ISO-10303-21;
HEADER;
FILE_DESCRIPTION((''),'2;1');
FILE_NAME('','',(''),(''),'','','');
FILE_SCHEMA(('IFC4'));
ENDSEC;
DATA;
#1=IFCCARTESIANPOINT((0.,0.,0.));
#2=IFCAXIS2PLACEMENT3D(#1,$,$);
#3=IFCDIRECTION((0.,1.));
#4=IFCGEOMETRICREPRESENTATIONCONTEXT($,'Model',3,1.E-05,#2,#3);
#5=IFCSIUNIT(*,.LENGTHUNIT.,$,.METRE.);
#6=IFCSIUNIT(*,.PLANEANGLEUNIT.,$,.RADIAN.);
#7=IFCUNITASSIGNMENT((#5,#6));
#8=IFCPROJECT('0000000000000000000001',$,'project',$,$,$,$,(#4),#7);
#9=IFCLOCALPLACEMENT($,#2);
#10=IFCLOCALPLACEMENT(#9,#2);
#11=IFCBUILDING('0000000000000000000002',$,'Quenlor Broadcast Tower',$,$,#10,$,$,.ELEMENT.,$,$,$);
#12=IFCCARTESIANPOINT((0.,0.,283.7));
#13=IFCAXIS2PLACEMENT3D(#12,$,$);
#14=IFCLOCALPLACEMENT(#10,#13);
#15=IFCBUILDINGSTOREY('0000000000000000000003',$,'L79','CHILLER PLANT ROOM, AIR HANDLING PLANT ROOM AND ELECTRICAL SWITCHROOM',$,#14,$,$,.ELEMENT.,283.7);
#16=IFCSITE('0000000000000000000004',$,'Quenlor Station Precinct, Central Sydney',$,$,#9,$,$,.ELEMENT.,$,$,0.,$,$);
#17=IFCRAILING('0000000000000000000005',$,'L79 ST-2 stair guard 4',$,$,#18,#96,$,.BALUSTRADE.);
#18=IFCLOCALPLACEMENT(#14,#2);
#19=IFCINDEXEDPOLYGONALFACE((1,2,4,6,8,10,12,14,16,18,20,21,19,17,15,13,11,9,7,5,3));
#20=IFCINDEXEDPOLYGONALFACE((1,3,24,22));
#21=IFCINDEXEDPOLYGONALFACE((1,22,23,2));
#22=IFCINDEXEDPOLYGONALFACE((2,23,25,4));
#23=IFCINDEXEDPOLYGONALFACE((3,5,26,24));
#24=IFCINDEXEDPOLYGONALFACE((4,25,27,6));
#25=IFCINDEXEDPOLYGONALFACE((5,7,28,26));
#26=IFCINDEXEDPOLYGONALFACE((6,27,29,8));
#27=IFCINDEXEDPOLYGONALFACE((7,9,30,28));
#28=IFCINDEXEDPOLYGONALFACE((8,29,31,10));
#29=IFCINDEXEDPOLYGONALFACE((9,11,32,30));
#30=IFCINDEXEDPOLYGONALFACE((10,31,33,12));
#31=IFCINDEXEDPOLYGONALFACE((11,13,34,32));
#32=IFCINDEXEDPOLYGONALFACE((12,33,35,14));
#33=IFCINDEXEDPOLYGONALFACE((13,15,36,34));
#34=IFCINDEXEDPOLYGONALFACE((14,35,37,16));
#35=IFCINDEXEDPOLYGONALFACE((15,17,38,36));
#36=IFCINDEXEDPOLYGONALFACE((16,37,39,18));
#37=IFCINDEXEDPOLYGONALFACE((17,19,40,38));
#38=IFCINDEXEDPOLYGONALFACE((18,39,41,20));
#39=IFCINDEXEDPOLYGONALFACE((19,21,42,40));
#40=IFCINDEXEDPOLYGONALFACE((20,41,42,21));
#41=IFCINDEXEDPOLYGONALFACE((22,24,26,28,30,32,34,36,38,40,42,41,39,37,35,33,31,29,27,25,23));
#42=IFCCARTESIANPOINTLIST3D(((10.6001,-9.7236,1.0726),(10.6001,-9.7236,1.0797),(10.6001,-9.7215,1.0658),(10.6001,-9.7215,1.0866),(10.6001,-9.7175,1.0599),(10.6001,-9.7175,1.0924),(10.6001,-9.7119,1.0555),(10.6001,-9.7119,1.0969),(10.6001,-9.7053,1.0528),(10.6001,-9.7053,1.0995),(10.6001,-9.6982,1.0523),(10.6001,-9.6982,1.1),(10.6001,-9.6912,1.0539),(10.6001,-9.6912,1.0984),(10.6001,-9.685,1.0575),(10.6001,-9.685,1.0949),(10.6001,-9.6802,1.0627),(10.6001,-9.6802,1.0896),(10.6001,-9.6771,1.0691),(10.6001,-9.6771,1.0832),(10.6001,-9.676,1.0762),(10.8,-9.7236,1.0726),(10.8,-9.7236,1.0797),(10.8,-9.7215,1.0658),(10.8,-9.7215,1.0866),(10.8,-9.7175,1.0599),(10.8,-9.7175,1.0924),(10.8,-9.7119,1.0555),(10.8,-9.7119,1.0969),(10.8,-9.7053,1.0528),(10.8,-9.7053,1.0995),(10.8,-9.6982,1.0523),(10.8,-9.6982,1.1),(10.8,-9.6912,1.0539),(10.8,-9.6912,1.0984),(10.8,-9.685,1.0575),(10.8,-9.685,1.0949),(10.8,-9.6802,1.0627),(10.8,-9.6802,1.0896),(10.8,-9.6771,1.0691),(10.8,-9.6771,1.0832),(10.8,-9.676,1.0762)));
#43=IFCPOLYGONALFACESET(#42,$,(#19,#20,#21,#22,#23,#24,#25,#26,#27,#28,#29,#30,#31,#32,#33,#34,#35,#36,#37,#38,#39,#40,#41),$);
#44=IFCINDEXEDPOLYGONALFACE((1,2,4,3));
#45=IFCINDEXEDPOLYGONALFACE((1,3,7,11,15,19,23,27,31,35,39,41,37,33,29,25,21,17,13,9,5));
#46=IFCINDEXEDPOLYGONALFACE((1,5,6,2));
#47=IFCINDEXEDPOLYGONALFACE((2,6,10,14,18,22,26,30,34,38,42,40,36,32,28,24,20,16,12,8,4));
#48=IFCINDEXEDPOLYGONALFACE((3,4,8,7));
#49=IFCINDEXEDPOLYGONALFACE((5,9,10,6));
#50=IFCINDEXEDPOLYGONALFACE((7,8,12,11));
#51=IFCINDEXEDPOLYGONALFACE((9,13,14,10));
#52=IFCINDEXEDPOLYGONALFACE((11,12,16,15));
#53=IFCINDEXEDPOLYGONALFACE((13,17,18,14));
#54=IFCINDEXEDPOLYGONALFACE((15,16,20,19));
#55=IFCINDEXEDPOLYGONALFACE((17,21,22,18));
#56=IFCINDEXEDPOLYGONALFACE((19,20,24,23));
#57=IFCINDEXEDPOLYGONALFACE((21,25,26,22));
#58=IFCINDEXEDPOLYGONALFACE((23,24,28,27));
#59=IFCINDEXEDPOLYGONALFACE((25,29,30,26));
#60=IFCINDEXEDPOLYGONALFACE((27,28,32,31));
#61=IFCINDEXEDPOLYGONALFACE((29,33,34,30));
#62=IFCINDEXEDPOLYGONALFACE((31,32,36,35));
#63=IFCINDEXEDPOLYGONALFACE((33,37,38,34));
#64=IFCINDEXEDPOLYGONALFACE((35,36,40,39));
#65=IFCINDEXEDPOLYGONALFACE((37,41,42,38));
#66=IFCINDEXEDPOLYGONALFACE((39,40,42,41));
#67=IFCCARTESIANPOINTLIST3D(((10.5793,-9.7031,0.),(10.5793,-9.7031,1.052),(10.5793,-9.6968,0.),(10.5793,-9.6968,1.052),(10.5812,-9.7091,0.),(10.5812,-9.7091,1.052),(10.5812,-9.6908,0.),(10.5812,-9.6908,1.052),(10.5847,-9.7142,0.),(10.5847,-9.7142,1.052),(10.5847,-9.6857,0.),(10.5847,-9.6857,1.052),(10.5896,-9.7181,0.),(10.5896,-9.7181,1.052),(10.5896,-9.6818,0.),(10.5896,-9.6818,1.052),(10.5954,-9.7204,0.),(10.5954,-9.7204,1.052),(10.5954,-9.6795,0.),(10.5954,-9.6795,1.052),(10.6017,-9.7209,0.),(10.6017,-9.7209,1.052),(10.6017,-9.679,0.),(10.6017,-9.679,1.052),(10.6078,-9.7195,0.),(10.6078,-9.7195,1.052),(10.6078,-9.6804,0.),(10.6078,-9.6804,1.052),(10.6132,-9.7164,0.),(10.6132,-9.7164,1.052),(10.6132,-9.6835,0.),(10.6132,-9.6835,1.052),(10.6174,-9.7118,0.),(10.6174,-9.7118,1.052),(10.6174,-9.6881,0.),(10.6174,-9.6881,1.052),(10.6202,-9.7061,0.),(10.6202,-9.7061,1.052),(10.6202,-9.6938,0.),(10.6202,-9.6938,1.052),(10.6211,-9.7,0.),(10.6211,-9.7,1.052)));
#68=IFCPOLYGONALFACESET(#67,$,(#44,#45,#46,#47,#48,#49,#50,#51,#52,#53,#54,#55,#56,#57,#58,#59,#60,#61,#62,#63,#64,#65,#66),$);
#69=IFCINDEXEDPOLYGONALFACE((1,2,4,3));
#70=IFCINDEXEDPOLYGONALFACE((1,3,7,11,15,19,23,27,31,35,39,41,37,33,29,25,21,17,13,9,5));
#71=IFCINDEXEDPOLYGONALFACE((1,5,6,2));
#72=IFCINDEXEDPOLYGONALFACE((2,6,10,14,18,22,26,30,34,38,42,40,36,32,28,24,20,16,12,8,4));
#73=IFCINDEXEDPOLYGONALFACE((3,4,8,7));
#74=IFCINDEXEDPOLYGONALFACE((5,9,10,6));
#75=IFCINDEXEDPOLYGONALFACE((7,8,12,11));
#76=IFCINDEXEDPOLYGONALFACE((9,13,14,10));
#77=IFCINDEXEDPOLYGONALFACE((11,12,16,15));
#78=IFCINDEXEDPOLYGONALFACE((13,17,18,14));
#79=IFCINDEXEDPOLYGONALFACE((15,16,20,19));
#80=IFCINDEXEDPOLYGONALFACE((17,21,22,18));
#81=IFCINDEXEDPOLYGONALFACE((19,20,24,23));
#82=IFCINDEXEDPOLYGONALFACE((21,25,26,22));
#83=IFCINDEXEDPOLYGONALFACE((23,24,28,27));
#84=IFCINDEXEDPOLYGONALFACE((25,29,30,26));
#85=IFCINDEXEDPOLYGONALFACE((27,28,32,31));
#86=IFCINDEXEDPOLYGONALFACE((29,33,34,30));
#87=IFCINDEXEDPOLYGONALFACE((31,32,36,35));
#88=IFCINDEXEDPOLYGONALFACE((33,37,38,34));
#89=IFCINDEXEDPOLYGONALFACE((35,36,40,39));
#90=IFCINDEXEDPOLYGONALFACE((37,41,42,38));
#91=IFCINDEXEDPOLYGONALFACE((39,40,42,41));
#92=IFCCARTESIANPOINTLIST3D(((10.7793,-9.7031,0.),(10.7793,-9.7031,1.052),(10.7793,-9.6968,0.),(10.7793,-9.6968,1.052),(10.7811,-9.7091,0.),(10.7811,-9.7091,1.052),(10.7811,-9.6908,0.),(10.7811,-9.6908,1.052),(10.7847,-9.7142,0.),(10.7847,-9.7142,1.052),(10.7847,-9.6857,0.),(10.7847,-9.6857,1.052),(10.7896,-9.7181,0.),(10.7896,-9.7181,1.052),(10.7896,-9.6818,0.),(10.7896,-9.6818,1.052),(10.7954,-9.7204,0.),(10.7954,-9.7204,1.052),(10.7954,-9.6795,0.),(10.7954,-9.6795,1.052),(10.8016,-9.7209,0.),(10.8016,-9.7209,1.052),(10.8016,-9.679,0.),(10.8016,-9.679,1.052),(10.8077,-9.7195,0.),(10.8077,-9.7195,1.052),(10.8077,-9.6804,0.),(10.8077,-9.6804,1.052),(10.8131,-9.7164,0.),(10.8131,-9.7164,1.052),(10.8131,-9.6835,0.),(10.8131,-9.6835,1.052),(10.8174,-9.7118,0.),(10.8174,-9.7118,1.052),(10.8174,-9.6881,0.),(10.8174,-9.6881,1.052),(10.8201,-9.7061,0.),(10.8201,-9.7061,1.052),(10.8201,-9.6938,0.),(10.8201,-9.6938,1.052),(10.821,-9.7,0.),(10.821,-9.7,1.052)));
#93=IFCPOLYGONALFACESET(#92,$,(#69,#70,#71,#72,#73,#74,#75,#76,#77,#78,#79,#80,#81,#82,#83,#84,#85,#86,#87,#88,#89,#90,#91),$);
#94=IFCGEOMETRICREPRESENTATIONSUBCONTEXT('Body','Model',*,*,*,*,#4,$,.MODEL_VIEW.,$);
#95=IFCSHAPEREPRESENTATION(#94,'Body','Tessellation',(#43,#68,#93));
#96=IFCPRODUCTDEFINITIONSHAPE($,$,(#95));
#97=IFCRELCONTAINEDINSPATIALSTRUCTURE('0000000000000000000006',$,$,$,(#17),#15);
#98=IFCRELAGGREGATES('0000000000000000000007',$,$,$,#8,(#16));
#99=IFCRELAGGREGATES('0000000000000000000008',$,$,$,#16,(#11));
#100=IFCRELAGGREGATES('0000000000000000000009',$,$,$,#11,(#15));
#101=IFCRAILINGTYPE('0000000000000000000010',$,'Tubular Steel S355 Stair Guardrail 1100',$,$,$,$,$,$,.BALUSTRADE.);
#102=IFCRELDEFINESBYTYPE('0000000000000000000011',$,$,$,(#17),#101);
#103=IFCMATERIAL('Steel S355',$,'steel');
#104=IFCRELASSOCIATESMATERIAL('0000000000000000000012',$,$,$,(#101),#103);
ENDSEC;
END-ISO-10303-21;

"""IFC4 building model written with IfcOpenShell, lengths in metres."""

from ifc_helpers import new_model, si_unit, direction, frame, origin, origin_2d, place, context, subcontext, project, spatial, circle, extrude, material, type_object, element, save


model = new_model("IFC4")

# Units and contexts
model_context = context("Model", 3, precision=1e-05, world=origin(), true_north=direction((0.0, 1.0)))
body_context = subcontext(model_context, "Body", "Model", "MODEL_VIEW")
ifc_project = project(units=[si_unit("LENGTHUNIT", "METRE"), si_unit("PLANEANGLEUNIT", "RADIAN")], contexts=[model_context])

# Site, building, storey
site_placement = place(None, origin())
site = spatial("IfcSite", under=ifc_project, at=site_placement, Name="Quenlor Station Precinct, Central Sydney", CompositionType="ELEMENT", RefElevation=0.0)
building_placement = place(site_placement, origin())
building = spatial("IfcBuilding", under=site, at=building_placement, Name="Quenlor Broadcast Tower", CompositionType="ELEMENT")
storey_placement = place(building_placement, frame((0.0, 0.0, 283.7)))
storey = spatial("IfcBuildingStorey", under=building, at=storey_placement, Name="L79", Description="CHILLER PLANT ROOM, AIR HANDLING PLANT ROOM AND ELECTRICAL SWITCHROOM", CompositionType="ELEMENT", Elevation=283.7)

# Railing
ifc_material_1 = material(Name="Steel S355", Category="steel")
railing_type_1 = type_object("IfcRailingType", Name="Tubular Steel S355 Stair Guardrail 1100", PredefinedType="BALUSTRADE", material=ifc_material_1)
railing_1_placement = place(storey_placement, frame((10.6001, -9.7, 0.0)))
element("IfcRailing", 1, at=railing_1_placement, inside=storey, type_object=railing_type_1, Name="L79 ST-2 stair guard 4", PredefinedType="BALUSTRADE", context=body_context, shape_type="SweptSolid", body=[
    extrude(circle(Radius=0.0239, at=origin_2d()), frame((0.0, 0.0, 1.0762), z_axis=(1.0, 0.0, 0.0), x_axis=(0.0, 1.0, 0.0)), (0.0, 0.0, 1.0), 0.2),
    extrude(circle(Radius=0.021, at=origin_2d()), origin(), (0.0, 0.0, 1.0), 1.052),
    extrude(circle(Radius=0.021, at=origin_2d()), frame((0.2, 0.0, 0.0)), (0.0, 0.0, 1.0), 1.052),
])

save(model, "model.ifc")
